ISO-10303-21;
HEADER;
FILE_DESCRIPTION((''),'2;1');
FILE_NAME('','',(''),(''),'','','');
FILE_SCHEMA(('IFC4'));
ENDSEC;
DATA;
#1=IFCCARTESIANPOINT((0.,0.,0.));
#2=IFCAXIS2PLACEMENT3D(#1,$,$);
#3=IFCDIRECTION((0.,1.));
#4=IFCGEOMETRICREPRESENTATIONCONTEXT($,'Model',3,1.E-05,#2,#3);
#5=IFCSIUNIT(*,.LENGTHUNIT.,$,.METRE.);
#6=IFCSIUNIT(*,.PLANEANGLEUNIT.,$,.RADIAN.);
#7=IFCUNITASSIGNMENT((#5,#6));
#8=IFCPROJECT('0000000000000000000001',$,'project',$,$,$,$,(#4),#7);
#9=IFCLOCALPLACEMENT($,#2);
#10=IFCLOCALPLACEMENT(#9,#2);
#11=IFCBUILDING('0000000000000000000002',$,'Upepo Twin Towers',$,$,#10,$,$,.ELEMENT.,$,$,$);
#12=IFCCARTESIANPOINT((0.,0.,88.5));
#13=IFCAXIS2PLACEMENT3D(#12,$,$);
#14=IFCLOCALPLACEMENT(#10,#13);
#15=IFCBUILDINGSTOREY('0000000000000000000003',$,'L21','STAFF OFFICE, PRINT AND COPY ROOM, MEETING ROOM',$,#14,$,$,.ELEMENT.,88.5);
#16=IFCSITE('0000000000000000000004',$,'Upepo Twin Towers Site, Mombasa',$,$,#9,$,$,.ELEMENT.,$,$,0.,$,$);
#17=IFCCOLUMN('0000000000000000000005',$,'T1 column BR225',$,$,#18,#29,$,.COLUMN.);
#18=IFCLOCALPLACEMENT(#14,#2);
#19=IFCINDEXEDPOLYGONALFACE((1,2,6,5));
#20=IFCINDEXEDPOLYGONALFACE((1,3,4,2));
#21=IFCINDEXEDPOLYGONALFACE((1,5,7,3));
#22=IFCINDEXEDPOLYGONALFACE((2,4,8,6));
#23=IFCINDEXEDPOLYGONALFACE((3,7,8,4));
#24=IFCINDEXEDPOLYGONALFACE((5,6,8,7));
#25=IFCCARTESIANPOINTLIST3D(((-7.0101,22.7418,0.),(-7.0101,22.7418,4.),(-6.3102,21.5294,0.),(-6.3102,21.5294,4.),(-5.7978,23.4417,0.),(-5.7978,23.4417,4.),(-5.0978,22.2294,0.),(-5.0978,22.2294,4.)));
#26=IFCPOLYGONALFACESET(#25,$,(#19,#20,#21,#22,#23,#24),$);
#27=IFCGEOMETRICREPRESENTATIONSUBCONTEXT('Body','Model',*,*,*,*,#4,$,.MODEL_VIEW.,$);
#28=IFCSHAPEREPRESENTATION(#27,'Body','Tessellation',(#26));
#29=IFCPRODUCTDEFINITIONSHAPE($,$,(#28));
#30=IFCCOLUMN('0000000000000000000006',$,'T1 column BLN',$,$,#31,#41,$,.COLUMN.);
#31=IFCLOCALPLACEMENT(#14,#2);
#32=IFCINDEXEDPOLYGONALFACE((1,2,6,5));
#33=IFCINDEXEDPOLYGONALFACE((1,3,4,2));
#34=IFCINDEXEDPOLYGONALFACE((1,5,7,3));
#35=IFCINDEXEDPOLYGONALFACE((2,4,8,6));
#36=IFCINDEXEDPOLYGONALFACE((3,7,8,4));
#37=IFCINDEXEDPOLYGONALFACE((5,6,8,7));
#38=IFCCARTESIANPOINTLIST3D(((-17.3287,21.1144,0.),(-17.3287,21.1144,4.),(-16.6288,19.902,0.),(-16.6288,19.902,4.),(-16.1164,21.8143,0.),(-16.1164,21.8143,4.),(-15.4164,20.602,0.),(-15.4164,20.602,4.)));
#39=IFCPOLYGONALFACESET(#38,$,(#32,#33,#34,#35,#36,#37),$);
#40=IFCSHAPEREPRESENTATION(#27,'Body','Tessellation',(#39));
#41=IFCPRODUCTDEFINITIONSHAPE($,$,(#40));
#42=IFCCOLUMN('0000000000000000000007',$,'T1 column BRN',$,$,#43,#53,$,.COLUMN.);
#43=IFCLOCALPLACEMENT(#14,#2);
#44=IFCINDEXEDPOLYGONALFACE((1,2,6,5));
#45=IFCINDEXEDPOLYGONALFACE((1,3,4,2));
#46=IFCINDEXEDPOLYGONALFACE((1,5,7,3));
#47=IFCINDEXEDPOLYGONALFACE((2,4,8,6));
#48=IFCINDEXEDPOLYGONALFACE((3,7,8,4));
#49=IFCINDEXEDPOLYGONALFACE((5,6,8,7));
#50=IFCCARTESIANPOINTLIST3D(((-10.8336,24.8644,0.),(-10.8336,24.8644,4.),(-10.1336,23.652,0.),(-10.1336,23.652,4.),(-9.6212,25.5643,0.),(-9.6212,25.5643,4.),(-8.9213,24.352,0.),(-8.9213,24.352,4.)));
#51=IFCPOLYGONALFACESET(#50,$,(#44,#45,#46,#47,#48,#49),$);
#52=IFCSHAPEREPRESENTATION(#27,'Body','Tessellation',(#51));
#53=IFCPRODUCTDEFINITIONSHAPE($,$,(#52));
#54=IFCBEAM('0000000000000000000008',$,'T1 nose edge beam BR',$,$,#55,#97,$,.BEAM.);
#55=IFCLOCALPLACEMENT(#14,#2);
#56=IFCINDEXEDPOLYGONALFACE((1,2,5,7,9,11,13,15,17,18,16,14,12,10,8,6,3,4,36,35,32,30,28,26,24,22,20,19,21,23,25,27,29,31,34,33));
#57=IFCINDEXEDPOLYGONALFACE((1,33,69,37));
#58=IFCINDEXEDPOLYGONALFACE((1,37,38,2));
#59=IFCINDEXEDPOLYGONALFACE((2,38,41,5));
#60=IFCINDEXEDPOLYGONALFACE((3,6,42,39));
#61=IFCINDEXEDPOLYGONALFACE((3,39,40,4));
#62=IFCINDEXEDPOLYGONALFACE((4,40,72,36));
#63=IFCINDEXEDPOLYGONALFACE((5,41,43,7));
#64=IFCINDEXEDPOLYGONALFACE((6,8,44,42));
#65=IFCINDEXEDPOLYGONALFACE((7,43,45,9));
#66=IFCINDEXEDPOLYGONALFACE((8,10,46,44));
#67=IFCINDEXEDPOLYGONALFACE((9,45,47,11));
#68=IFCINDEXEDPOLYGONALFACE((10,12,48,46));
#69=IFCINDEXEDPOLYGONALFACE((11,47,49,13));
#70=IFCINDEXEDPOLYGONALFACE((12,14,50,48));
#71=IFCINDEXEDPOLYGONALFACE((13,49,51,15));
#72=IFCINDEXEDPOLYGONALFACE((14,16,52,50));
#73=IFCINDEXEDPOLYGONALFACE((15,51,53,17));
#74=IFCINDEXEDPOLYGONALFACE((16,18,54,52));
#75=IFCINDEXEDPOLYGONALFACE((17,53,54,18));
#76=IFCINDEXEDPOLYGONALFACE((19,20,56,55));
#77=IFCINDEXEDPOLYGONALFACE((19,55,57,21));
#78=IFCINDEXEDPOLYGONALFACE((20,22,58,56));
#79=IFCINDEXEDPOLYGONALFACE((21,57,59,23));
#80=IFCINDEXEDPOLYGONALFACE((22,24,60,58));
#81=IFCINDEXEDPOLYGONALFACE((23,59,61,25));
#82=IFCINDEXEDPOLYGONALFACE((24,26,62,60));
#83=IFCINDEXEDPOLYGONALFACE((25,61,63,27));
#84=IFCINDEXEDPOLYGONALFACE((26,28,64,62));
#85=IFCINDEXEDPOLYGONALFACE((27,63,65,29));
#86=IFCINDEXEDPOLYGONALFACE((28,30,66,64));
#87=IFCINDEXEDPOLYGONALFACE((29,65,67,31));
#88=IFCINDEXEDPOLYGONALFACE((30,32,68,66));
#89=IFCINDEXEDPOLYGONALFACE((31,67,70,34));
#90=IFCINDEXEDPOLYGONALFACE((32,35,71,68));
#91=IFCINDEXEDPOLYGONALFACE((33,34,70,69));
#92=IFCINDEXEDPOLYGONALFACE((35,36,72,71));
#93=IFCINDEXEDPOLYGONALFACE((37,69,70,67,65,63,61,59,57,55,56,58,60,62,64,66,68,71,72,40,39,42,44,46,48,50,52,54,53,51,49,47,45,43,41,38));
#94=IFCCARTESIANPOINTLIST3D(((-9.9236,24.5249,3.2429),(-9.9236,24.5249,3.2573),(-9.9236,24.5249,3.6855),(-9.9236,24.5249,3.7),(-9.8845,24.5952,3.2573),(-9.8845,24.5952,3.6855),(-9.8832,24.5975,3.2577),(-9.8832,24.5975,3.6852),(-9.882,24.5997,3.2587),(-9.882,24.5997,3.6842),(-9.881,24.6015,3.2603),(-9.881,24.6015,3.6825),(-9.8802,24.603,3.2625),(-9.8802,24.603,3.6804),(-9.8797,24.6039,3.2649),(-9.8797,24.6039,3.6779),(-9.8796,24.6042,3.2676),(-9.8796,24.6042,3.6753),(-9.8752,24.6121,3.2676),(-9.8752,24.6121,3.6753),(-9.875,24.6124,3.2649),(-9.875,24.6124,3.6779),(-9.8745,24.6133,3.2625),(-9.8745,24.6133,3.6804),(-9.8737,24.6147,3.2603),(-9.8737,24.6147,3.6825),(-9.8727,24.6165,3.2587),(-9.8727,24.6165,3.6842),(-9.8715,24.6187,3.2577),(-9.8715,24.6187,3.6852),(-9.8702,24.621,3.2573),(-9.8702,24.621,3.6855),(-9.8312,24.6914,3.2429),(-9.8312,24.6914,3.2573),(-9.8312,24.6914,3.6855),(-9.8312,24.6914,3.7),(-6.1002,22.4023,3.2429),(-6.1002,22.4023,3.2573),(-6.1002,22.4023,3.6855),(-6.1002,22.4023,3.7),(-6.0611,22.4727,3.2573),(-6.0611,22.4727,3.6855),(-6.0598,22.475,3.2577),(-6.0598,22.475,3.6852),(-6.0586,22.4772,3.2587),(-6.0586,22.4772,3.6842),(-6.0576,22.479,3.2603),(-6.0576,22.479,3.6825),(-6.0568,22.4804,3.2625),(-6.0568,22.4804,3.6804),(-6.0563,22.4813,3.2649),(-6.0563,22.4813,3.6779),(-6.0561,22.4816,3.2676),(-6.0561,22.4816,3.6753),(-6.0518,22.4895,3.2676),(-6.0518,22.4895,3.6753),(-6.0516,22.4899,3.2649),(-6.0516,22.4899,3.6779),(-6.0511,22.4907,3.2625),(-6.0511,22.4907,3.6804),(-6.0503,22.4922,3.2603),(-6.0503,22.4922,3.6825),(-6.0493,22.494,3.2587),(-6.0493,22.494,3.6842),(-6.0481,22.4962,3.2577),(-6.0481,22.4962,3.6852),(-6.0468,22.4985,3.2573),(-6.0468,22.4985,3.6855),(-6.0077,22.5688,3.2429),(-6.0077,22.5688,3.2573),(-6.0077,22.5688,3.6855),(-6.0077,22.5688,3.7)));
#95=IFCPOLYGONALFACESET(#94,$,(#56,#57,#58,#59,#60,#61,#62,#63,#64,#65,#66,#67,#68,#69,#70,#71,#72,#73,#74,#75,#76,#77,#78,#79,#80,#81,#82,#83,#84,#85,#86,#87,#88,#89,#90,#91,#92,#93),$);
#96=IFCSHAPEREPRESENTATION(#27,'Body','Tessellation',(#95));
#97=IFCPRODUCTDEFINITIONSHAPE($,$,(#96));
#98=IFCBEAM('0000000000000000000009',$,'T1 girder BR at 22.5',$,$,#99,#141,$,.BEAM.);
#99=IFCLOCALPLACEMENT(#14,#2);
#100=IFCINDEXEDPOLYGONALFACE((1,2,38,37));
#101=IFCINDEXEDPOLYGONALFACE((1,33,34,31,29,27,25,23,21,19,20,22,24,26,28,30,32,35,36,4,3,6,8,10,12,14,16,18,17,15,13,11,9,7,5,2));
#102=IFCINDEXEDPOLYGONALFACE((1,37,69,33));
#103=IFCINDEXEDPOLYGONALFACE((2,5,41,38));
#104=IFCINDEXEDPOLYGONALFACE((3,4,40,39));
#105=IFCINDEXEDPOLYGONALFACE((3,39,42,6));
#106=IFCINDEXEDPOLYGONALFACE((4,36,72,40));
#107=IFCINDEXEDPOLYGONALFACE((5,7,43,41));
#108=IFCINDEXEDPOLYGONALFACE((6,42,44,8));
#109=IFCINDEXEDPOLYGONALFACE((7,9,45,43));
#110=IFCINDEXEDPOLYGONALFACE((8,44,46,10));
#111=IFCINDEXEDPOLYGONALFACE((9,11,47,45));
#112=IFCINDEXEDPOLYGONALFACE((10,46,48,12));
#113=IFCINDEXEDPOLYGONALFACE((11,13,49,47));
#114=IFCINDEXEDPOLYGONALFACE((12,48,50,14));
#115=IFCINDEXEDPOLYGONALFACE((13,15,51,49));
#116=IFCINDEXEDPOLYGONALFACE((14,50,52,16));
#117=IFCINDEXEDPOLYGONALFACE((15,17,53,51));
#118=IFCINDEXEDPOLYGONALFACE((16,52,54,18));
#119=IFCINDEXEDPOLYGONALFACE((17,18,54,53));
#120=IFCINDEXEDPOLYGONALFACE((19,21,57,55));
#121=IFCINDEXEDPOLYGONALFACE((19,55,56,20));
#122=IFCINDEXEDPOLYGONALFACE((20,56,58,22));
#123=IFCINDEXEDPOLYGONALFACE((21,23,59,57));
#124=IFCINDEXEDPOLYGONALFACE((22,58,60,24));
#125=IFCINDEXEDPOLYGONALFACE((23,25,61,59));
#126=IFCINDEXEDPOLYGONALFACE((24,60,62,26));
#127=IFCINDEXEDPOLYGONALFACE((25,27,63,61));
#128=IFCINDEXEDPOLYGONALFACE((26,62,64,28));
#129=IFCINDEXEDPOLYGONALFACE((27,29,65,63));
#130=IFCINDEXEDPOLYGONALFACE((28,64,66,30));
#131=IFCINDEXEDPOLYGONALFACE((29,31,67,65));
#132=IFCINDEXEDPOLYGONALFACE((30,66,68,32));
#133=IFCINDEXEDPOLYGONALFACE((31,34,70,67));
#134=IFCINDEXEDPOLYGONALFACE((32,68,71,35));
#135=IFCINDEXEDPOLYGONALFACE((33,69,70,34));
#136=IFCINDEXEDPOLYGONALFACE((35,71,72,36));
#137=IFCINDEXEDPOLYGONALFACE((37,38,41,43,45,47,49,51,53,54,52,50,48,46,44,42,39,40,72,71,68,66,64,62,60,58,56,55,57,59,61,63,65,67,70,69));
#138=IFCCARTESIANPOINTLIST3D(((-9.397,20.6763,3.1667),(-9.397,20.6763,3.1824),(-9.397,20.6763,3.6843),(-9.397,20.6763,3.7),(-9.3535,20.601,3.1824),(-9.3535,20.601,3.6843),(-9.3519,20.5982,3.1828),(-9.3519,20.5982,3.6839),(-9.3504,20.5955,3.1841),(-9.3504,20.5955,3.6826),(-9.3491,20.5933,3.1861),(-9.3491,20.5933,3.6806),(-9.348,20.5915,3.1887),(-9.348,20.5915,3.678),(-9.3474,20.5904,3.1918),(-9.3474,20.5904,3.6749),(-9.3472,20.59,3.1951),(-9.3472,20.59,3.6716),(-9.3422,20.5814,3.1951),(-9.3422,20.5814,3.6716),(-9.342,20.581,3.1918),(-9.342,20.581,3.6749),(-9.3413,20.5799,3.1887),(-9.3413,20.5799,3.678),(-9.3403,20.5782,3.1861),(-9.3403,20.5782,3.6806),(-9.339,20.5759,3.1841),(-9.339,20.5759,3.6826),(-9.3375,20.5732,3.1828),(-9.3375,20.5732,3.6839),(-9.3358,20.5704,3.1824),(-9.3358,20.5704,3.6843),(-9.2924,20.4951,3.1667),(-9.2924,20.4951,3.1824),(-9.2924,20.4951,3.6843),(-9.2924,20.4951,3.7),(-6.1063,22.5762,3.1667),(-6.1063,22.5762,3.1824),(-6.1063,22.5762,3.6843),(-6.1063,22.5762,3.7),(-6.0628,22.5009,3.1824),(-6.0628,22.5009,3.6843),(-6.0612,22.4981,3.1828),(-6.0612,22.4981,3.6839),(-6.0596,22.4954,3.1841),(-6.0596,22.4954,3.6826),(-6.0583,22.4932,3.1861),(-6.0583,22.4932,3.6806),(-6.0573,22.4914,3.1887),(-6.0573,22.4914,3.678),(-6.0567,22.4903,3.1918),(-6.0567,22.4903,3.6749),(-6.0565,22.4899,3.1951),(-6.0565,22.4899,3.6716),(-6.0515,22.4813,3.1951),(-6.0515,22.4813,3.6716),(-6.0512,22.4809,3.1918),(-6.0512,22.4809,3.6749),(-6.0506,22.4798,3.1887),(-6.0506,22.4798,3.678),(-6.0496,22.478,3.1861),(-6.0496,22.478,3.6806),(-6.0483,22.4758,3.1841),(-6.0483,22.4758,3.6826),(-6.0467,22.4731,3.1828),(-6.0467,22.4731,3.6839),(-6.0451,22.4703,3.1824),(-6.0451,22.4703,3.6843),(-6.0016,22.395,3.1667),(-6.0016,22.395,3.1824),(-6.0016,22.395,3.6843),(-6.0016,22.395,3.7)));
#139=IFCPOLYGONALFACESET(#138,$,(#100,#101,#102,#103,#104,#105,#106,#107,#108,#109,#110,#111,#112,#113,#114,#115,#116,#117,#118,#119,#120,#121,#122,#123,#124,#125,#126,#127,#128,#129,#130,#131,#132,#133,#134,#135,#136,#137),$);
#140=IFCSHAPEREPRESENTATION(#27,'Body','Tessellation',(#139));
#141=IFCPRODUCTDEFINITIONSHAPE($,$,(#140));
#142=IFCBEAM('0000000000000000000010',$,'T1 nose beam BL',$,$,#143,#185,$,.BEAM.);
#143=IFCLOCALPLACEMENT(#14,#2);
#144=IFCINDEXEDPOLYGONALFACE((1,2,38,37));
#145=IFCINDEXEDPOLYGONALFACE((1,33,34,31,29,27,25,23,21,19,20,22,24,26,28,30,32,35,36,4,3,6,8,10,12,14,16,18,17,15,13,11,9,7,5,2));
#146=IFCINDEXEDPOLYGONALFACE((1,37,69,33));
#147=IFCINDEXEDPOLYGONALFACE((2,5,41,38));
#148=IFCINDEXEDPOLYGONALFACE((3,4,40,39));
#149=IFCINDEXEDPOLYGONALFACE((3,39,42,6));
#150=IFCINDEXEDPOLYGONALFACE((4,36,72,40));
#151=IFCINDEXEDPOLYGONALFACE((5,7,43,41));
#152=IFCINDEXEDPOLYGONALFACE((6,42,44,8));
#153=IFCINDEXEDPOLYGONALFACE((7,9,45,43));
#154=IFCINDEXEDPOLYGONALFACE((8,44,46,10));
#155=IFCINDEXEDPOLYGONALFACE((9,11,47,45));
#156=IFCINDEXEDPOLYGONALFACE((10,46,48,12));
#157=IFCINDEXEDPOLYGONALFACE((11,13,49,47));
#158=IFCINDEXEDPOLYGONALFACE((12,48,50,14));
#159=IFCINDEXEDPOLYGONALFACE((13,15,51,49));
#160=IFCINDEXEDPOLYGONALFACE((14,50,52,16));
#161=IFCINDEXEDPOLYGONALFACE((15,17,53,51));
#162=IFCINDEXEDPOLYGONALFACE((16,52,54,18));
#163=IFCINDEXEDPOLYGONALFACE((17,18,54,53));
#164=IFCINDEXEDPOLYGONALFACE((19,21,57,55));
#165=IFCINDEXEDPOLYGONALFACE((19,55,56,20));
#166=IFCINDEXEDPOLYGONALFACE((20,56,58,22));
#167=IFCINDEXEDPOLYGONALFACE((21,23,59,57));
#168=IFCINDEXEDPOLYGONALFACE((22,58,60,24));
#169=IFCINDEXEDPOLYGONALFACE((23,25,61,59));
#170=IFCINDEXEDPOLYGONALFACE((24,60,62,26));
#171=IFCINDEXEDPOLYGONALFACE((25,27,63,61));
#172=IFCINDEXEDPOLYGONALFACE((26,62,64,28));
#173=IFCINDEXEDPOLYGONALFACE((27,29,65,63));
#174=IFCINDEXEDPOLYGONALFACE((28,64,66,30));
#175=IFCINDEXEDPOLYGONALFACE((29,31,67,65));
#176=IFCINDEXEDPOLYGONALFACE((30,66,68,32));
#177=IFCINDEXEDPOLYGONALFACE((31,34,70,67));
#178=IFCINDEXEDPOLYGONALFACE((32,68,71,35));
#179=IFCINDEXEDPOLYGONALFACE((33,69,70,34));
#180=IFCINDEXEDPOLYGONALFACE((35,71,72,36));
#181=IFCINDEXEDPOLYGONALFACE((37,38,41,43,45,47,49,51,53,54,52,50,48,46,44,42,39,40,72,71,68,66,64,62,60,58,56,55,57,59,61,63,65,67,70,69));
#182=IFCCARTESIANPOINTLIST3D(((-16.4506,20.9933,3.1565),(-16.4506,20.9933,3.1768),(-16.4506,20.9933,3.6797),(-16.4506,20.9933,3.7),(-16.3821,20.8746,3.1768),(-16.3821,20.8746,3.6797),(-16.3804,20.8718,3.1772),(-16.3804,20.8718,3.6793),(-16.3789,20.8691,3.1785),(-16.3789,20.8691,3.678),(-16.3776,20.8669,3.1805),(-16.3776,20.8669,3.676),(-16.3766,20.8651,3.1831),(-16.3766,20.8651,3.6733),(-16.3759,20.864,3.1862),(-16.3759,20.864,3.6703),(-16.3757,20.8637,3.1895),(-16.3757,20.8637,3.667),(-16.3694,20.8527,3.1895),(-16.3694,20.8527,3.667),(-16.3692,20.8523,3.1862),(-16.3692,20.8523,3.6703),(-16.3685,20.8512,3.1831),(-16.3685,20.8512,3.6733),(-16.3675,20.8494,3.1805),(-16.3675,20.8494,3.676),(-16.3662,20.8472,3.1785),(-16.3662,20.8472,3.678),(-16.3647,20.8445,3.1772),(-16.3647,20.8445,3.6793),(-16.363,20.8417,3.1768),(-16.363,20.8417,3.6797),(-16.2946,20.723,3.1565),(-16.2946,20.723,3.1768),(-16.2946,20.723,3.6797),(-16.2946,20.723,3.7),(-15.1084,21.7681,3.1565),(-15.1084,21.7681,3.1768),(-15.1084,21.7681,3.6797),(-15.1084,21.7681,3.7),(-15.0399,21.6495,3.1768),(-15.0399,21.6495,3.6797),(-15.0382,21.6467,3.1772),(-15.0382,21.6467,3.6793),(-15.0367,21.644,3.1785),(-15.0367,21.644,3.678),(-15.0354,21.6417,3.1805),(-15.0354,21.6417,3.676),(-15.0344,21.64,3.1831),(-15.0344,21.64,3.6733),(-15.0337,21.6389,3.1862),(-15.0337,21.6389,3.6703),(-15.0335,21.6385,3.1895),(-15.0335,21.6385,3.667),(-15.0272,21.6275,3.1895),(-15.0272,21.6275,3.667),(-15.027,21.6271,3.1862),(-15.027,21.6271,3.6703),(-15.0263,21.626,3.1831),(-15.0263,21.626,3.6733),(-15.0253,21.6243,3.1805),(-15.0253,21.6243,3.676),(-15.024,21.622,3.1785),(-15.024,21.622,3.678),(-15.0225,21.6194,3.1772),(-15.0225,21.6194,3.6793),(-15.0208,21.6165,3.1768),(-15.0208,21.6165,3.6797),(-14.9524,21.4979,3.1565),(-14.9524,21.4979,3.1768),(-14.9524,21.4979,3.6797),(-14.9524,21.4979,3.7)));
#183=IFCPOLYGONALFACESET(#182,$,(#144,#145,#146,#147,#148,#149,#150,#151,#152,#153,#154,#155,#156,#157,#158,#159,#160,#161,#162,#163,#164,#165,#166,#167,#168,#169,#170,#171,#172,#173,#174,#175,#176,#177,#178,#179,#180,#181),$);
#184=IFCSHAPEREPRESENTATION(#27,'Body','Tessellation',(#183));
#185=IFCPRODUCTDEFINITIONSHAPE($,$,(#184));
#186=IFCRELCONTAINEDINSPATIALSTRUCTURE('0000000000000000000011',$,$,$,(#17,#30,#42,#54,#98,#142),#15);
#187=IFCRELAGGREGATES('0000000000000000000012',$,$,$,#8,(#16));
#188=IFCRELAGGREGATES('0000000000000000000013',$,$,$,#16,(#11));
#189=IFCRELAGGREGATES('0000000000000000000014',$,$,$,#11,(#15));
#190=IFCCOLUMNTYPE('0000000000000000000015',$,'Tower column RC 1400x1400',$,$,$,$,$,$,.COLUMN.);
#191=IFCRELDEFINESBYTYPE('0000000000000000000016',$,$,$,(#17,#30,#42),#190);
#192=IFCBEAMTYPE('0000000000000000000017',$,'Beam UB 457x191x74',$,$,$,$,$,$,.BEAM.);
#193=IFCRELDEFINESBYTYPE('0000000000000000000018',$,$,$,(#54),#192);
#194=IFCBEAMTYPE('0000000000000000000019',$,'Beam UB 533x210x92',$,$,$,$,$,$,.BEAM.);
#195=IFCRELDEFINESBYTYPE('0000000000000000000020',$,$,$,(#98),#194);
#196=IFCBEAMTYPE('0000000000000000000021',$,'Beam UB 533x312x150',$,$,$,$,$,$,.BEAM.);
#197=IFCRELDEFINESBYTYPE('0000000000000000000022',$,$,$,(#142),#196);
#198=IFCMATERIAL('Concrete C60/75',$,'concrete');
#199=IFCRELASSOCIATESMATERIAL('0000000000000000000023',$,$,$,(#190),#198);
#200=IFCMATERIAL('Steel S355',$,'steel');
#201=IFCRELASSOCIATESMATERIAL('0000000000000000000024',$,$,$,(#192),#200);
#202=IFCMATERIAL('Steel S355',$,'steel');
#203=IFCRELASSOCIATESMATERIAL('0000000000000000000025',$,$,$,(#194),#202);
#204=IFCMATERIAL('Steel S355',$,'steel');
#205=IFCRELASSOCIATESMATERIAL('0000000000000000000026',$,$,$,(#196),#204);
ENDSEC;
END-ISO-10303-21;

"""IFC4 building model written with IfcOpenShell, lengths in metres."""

from ifc_helpers import new_model, si_unit, direction, frame, origin, origin_2d, place, context, subcontext, project, spatial, rectangle, i_section, extrude, material, material_profile, profile_set, type_object, element, save


model = new_model("IFC4")

# Units and contexts
model_context = context("Model", 3, precision=1e-05, world=origin(), true_north=direction((0.0, 1.0)))
body_context = subcontext(model_context, "Body", "Model", "MODEL_VIEW")
ifc_project = project(units=[si_unit("LENGTHUNIT", "METRE"), si_unit("PLANEANGLEUNIT", "RADIAN")], contexts=[model_context])

# Site, building, storey
site_placement = place(None, origin())
site = spatial("IfcSite", under=ifc_project, at=site_placement, Name="Upepo Twin Towers Site, Mombasa", CompositionType="ELEMENT", RefElevation=0.0)
building_placement = place(site_placement, origin())
building = spatial("IfcBuilding", under=site, at=building_placement, Name="Upepo Twin Towers", CompositionType="ELEMENT")
storey_placement = place(building_placement, frame((0.0, 0.0, 88.5)))
storey = spatial("IfcBuildingStorey", under=building, at=storey_placement, Name="L21", Description="STAFF OFFICE, PRINT AND COPY ROOM, MEETING ROOM", CompositionType="ELEMENT", Elevation=88.5)

# Columns
ifc_material_1 = material(Name="Concrete C60/75", Category="concrete")
ifc_material_profile_1 = material_profile(ifc_material_1, rectangle(XDim=1.3999, YDim=1.3999, at=origin_2d()), Name="RC 1400x1400")
ifc_profile_set_1 = profile_set([ifc_material_profile_1], Name="Concrete C60/75")
column_type = type_object("IfcColumnType", Name="Tower column RC 1400x1400", PredefinedType="COLUMN", material=ifc_profile_set_1)
for number, where, z_axis, x_axis, name in (
    (1, (-6.054, 22.4856, 0.0), (0.0, 0.0, 1.0), (0.866025, 0.5, 0.0), "T1 column BR225"),
    (2, (-16.3726, 20.8582, 0.0), (0.0, 0.0, 1.0), (0.866025, 0.5, 0.0), "T1 column BLN"),
    (3, (-9.8774, 24.6082, 0.0), (0.0, 0.0, 1.0), (0.866025, 0.5, 0.0), "T1 column BRN"),
):
    element("IfcColumn", number, at=place(storey_placement, frame(where, z_axis=z_axis, x_axis=x_axis)), inside=storey, type_object=column_type, Name=name, PredefinedType="COLUMN", context=body_context, shape_type="SweptSolid", body=[
        extrude(rectangle(XDim=1.3999, YDim=1.3999, at=origin_2d()), origin(), (0.0, 0.0, 1.0), 4.0),
    ])

# Beams
ifc_material_2 = material(Name="Steel S355", Category="steel")
ifc_material_profile_2 = material_profile(ifc_material_2, i_section(OverallWidth=0.1904, OverallDepth=0.457, WebThickness=0.009, FlangeThickness=0.0144, FilletRadius=0.0103, at=origin_2d()), Name="UB 457x191x74")
ifc_profile_set_2 = profile_set([ifc_material_profile_2], Name="Steel S355")
beam_type_1 = type_object("IfcBeamType", Name="Beam UB 457x191x74", PredefinedType="BEAM", material=ifc_profile_set_2)
beam_1_placement = place(storey_placement, frame((-6.054, 22.4856, 3.4714), z_axis=(-0.874313, 0.485363, 0.0), x_axis=(-0.485363, -0.874313, 0.0)))
element("IfcBeam", 4, at=beam_1_placement, inside=storey, type_object=beam_type_1, Name="T1 nose edge beam BR", PredefinedType="BEAM", context=body_context, shape_type="SweptSolid", body=[
    extrude(i_section(OverallWidth=0.1904, OverallDepth=0.457, WebThickness=0.009, FlangeThickness=0.0144, FilletRadius=0.0103, at=origin_2d()), origin(), (0.0, 0.0, 1.0), 4.373),
])
ifc_material_3 = material(Name="Steel S355", Category="steel")
ifc_material_profile_3 = material_profile(ifc_material_3, i_section(OverallWidth=0.2092, OverallDepth=0.5332, WebThickness=0.01, FlangeThickness=0.0156, FilletRadius=0.0127, at=origin_2d()), Name="UB 533x210x92")
ifc_profile_set_3 = profile_set([ifc_material_profile_3], Name="Steel S355")
beam_type_2 = type_object("IfcBeamType", Name="Beam UB 533x210x92", PredefinedType="BEAM", material=ifc_profile_set_3)
beam_2_placement = place(storey_placement, frame((-6.054, 22.4856, 3.4333), z_axis=(-0.866028, -0.499995, 0.0), x_axis=(0.499995, -0.866028, 0.0)))
element("IfcBeam", 5, at=beam_2_placement, inside=storey, type_object=beam_type_2, Name="T1 girder BR at 22.5", PredefinedType="BEAM", context=body_context, shape_type="SweptSolid", body=[
    extrude(i_section(OverallWidth=0.2092, OverallDepth=0.5332, WebThickness=0.01, FlangeThickness=0.0156, FilletRadius=0.0127, at=origin_2d()), origin(), (0.0, 0.0, 1.0), 3.7998),
])
ifc_material_4 = material(Name="Steel S355", Category="steel")
ifc_material_profile_4 = material_profile(ifc_material_4, i_section(OverallWidth=0.312, OverallDepth=0.5435, WebThickness=0.0127, FlangeThickness=0.0203, FilletRadius=0.0127, at=origin_2d()), Name="UB 533x312x150")
ifc_profile_set_4 = profile_set([ifc_material_profile_4], Name="Steel S355")
beam_type_3 = type_object("IfcBeamType", Name="Beam UB 533x312x150", PredefinedType="BEAM", material=ifc_profile_set_4)
for number, where, z_axis, x_axis, name in (
    (6, (-16.3726, 20.8582, 3.4282), (0.866044, 0.499968, 0.0), (-0.499968, 0.866044, 0.0), "T1 nose beam BL"),
):
    element("IfcBeam", number, at=place(storey_placement, frame(where, z_axis=z_axis, x_axis=x_axis)), inside=storey, type_object=beam_type_3, Name=name, PredefinedType="BEAM", context=body_context, shape_type="SweptSolid", body=[
        extrude(i_section(OverallWidth=0.312, OverallDepth=0.5435, WebThickness=0.0127, FlangeThickness=0.0203, FilletRadius=0.0127, at=origin_2d()), origin(), (0.0, 0.0, 1.0), 1.5498),
    ])

save(model, "model.ifc")
